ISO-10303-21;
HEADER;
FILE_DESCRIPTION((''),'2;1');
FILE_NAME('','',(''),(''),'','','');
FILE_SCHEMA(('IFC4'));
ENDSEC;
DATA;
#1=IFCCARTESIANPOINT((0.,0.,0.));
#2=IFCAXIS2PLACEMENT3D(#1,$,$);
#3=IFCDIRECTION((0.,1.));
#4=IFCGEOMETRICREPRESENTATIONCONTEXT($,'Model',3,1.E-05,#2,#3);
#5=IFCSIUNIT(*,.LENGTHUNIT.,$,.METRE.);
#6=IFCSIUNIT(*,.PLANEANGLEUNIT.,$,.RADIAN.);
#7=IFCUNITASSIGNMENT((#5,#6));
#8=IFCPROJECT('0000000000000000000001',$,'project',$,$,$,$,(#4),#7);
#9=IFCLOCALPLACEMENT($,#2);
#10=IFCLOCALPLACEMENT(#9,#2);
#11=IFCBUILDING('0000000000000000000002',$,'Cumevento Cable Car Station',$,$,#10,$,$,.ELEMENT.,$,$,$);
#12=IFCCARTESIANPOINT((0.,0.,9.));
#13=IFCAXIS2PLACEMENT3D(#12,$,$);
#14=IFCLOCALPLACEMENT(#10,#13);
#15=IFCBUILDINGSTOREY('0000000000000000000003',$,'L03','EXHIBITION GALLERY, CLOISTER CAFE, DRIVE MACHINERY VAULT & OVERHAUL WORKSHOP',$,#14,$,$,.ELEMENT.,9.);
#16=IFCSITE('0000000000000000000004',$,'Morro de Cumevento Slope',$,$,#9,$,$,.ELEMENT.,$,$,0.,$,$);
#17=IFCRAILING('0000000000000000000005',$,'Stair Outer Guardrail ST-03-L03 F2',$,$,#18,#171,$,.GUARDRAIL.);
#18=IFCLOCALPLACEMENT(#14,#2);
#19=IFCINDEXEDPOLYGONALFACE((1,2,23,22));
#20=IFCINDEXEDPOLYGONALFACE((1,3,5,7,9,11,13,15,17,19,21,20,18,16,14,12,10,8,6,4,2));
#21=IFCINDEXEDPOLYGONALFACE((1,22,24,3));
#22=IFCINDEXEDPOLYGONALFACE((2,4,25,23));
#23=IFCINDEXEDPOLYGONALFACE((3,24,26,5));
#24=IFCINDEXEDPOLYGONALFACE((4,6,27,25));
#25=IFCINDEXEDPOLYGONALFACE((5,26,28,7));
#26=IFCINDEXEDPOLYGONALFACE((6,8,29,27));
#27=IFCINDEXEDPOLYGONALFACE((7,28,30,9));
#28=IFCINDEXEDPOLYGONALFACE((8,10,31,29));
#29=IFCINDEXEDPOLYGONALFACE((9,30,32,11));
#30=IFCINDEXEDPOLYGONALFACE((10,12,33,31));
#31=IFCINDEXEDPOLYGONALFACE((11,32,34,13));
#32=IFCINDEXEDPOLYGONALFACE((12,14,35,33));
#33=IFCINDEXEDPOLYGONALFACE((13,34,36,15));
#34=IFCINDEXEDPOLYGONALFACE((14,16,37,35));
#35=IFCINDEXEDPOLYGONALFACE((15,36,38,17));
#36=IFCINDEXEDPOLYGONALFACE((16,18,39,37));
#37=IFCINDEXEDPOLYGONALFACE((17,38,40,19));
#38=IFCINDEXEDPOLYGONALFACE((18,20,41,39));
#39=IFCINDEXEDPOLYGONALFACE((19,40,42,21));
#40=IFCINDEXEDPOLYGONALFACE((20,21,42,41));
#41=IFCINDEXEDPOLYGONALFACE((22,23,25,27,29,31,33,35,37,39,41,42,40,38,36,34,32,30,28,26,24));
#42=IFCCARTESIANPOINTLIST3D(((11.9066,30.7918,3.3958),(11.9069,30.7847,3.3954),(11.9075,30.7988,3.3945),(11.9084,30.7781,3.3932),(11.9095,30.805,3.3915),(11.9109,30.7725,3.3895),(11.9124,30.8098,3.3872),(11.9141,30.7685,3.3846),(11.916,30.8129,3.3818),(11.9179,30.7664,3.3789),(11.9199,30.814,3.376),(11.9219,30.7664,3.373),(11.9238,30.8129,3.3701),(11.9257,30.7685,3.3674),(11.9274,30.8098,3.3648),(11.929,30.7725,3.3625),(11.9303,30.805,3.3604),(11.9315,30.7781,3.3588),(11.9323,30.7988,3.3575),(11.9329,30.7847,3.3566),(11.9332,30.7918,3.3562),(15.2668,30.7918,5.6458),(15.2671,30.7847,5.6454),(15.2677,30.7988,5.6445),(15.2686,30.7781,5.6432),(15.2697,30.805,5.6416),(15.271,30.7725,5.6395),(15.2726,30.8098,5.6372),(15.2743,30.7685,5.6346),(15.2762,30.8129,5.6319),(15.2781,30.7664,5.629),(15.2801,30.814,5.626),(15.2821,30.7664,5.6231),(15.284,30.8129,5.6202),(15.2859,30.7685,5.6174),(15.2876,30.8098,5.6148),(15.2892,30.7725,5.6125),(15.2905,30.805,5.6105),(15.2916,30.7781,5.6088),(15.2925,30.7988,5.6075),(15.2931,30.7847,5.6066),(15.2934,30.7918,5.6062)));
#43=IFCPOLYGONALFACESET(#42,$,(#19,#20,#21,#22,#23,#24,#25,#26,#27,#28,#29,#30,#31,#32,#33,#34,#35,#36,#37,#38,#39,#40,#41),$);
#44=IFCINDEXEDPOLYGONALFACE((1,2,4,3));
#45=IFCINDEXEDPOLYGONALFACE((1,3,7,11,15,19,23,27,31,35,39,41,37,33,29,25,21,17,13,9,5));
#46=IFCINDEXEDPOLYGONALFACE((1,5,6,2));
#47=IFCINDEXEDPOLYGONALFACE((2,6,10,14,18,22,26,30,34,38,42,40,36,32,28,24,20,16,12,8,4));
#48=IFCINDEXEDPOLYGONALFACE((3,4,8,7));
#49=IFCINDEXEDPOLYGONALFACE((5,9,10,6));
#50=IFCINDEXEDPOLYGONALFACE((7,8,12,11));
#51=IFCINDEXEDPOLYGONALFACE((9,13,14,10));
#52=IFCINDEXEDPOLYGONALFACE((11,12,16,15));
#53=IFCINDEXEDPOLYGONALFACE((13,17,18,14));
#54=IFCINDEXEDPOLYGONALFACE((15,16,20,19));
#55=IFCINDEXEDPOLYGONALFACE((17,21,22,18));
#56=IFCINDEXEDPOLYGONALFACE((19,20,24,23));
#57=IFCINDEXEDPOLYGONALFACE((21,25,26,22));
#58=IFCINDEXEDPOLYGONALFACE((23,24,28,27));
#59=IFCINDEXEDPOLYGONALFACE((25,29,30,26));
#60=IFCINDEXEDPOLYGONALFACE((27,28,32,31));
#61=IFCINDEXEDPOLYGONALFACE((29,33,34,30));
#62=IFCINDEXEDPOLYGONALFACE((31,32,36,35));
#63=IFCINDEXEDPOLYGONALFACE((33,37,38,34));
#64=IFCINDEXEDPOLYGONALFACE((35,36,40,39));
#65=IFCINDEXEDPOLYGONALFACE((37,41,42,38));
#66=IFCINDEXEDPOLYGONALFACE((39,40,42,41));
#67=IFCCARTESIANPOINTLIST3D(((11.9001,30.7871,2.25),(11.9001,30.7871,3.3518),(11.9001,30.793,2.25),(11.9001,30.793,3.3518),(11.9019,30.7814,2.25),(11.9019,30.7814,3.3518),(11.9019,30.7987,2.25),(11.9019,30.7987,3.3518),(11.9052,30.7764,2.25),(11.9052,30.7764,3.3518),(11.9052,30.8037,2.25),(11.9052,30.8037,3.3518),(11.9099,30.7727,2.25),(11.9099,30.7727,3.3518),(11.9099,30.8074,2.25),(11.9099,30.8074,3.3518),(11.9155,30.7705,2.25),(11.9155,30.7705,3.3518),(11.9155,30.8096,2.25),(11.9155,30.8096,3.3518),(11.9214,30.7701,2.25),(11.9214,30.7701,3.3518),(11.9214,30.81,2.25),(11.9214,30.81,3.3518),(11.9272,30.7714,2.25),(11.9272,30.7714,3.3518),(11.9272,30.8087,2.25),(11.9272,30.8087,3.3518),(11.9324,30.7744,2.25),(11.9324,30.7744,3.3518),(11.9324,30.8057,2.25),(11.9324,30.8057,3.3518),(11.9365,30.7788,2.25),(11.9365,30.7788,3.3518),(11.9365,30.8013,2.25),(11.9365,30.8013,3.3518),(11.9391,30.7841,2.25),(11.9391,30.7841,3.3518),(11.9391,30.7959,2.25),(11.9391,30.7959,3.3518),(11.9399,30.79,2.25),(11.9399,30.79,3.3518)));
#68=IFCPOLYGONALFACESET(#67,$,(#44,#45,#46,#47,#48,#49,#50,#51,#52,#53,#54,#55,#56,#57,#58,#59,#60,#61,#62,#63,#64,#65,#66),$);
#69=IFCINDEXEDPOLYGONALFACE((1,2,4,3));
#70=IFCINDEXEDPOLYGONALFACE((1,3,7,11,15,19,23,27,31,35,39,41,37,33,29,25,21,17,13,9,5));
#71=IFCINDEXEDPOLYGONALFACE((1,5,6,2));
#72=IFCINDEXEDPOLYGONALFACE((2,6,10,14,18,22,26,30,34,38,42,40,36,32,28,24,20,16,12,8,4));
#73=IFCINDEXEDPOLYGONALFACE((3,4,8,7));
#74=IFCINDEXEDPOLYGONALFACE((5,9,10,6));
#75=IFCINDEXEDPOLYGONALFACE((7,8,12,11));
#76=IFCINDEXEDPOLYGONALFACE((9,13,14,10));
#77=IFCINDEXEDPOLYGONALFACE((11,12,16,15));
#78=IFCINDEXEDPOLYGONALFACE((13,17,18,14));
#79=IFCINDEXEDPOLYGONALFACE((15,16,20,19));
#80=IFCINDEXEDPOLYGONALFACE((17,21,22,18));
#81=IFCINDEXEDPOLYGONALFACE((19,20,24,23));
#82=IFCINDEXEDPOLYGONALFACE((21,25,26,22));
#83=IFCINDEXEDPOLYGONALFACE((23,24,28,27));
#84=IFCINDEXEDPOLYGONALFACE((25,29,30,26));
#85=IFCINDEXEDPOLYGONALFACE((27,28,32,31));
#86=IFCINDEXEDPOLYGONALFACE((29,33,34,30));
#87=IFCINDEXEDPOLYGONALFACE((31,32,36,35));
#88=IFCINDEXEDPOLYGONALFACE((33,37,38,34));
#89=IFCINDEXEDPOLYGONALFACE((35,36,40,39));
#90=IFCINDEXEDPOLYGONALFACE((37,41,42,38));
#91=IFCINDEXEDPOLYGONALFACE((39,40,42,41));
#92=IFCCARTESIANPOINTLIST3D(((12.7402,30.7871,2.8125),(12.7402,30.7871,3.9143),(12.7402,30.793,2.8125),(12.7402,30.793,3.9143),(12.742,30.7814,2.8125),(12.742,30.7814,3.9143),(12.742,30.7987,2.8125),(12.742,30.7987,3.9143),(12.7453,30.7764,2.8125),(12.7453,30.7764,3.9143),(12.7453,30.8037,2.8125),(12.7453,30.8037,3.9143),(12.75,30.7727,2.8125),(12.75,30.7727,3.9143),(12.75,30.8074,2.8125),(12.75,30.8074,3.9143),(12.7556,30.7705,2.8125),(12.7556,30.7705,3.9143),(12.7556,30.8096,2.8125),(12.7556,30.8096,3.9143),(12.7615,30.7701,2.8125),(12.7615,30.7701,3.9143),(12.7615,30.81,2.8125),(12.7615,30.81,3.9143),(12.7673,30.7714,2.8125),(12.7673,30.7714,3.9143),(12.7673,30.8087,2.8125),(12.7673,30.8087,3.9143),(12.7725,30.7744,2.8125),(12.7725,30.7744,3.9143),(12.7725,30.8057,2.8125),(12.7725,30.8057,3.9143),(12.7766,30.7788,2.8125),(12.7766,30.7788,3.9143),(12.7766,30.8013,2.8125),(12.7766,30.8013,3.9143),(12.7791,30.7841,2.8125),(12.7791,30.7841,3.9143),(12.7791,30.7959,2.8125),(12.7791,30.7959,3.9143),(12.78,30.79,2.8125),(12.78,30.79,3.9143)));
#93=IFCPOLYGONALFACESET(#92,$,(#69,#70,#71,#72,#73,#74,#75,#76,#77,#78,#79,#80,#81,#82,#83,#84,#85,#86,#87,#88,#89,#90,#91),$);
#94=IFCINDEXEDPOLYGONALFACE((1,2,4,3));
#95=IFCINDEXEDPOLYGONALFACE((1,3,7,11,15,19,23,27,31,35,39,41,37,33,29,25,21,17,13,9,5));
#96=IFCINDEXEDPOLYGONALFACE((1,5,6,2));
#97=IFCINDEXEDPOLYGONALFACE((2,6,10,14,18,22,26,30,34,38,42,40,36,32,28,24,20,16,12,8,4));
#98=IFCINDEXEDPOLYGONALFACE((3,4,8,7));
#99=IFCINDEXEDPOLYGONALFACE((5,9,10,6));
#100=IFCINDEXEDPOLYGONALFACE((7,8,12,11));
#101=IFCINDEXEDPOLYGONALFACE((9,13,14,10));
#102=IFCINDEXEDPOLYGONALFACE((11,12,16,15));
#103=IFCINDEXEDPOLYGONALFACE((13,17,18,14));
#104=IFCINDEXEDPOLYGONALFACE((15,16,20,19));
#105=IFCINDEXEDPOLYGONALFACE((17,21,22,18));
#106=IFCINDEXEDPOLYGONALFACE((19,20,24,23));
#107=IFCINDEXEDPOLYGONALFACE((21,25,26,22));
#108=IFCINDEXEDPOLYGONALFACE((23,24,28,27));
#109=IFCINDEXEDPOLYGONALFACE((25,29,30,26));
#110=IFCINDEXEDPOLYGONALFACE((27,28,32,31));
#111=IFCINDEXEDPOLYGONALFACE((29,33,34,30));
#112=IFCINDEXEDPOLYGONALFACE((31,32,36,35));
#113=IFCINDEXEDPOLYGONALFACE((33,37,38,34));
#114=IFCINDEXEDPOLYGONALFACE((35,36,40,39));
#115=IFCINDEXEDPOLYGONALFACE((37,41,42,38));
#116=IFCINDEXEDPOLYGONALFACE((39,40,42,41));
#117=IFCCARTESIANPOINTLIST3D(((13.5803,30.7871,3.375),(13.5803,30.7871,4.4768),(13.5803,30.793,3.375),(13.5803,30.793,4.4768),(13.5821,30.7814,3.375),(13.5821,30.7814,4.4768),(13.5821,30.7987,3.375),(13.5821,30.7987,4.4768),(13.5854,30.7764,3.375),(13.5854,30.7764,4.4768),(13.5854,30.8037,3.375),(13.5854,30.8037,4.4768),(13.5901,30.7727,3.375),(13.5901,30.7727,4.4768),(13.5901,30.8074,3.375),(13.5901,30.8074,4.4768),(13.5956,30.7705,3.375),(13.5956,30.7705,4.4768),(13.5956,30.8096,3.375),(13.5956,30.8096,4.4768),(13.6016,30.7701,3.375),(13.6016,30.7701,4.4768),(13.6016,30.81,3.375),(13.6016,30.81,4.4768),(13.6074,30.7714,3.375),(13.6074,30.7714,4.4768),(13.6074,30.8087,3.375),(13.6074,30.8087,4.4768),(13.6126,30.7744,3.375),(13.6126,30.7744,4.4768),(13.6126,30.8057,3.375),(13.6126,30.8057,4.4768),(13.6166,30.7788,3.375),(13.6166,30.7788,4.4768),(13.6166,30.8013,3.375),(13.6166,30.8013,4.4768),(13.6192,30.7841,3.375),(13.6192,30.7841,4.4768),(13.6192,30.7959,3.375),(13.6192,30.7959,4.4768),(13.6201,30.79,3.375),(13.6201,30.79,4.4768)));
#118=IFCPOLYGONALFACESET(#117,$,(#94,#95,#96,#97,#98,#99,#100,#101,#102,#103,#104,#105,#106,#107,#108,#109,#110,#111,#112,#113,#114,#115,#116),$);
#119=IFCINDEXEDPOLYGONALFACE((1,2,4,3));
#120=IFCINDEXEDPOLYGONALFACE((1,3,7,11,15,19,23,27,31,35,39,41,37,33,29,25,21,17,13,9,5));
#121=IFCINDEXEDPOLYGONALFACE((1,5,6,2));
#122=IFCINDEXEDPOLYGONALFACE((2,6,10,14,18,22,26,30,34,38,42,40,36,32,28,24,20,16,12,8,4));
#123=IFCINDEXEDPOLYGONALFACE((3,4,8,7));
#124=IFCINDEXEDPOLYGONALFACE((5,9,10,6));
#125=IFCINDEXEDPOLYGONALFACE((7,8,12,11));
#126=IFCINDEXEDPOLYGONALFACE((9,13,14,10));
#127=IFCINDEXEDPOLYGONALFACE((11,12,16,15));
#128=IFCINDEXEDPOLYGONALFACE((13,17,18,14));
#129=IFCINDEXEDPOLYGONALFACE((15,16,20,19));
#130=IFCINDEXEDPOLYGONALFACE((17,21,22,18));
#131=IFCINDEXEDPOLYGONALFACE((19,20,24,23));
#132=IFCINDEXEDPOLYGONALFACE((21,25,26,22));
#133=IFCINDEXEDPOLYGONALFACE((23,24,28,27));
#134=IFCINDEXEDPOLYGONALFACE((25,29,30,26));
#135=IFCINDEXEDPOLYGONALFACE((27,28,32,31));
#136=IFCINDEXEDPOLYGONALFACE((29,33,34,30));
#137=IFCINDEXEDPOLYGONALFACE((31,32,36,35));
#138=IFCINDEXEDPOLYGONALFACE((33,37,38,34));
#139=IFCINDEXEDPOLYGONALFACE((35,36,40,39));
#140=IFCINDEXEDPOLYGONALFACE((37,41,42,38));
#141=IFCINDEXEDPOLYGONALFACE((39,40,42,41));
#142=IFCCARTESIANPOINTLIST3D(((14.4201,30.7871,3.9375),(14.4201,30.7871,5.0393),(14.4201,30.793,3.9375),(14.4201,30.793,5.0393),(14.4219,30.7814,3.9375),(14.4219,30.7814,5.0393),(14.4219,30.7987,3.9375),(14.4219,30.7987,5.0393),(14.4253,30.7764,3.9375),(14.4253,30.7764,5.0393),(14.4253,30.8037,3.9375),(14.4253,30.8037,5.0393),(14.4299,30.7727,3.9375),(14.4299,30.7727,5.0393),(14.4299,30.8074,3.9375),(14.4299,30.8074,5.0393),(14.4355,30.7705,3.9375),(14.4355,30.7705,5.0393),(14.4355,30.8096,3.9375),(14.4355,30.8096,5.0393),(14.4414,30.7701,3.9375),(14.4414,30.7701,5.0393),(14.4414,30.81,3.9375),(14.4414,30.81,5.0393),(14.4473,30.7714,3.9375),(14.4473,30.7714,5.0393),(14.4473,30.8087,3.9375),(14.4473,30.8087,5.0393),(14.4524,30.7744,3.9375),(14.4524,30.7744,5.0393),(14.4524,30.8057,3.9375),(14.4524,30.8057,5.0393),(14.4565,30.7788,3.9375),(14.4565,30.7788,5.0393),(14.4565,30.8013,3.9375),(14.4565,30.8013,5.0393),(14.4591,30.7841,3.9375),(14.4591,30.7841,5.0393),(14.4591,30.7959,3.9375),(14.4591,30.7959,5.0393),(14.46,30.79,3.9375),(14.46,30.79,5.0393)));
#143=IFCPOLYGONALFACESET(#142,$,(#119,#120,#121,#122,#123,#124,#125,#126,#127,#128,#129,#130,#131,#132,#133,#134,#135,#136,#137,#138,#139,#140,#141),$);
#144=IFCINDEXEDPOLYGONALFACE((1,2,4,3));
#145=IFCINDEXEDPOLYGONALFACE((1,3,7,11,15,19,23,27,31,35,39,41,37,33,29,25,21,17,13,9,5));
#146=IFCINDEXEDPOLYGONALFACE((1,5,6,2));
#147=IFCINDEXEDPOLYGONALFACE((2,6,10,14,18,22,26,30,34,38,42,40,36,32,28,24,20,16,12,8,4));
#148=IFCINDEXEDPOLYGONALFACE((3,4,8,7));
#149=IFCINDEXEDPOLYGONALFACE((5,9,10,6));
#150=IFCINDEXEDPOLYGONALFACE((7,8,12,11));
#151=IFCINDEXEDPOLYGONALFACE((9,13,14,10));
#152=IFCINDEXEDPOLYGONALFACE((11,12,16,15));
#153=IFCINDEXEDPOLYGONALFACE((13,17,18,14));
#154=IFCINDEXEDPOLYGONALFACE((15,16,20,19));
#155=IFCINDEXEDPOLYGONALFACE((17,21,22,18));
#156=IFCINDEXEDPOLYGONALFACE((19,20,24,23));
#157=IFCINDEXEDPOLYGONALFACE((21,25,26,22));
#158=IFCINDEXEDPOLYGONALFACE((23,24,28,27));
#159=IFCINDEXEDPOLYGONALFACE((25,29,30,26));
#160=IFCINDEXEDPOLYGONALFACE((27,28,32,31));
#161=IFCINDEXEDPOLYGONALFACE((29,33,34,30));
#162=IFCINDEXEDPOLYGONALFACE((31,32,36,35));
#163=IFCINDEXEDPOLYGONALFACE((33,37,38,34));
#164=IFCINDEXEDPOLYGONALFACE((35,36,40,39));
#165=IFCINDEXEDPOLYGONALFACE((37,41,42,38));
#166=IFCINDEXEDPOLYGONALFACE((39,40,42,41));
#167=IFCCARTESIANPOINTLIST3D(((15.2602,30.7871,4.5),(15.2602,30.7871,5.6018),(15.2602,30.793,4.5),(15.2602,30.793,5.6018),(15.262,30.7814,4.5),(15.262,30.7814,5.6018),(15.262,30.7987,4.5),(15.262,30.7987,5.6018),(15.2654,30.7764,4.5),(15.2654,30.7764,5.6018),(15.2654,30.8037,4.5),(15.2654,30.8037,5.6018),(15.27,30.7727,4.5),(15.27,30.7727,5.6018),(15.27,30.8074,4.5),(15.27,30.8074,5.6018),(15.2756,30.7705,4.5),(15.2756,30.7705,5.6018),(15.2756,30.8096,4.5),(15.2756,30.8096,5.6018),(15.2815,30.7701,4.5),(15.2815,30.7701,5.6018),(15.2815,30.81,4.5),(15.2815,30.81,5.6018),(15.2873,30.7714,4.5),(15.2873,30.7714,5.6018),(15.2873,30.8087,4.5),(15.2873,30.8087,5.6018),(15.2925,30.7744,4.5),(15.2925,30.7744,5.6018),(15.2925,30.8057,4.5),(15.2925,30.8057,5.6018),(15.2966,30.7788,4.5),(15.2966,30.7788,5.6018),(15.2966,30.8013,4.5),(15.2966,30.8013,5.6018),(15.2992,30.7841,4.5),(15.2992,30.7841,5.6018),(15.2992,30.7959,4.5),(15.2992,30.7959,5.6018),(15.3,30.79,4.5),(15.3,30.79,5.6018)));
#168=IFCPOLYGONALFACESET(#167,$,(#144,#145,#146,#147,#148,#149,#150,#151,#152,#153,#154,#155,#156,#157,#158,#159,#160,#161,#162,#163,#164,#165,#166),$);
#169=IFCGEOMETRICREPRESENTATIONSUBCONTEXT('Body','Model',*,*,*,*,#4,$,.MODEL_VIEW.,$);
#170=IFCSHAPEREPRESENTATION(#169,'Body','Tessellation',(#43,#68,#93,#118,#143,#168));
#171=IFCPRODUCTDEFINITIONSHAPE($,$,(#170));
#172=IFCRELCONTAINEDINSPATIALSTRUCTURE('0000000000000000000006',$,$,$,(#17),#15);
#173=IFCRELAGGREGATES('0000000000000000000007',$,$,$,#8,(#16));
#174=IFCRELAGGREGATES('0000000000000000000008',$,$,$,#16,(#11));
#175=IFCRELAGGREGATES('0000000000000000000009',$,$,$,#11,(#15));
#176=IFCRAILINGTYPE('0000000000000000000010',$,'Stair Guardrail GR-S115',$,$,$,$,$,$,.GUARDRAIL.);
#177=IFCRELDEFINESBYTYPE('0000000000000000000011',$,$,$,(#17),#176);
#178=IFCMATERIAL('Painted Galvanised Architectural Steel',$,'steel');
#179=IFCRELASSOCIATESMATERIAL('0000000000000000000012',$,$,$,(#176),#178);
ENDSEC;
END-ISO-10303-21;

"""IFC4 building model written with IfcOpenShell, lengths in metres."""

from ifc_helpers import new_model, si_unit, direction, frame, origin, origin_2d, place, context, subcontext, project, spatial, circle, extrude, material, type_object, element, save


model = new_model("IFC4")

# Units and contexts
model_context = context("Model", 3, precision=1e-05, world=origin(), true_north=direction((0.0, 1.0)))
body_context = subcontext(model_context, "Body", "Model", "MODEL_VIEW")
ifc_project = project(units=[si_unit("LENGTHUNIT", "METRE"), si_unit("PLANEANGLEUNIT", "RADIAN")], contexts=[model_context])

# Site, building, storey
site_placement = place(None, origin())
site = spatial("IfcSite", under=ifc_project, at=site_placement, Name="Morro de Cumevento Slope", CompositionType="ELEMENT", RefElevation=0.0)
building_placement = place(site_placement, origin())
building = spatial("IfcBuilding", under=site, at=building_placement, Name="Cumevento Cable Car Station", CompositionType="ELEMENT")
storey_placement = place(building_placement, frame((0.0, 0.0, 9.0)))
storey = spatial("IfcBuildingStorey", under=building, at=storey_placement, Name="L03", Description="EXHIBITION GALLERY, CLOISTER CAFE, DRIVE MACHINERY VAULT & OVERHAUL WORKSHOP", CompositionType="ELEMENT", Elevation=9.0)

# Railing
ifc_material_1 = material(Name="Painted Galvanised Architectural Steel", Category="steel")
railing_type_1 = type_object("IfcRailingType", Name="Stair Guardrail GR-S115", PredefinedType="GUARDRAIL", material=ifc_material_1)
railing_1_placement = place(storey_placement, frame((11.9199, 30.79, 2.25)))
element("IfcRailing", 1, at=railing_1_placement, inside=storey, type_object=railing_type_1, Name="Stair Outer Guardrail ST-03-L03 F2", PredefinedType="GUARDRAIL", context=body_context, shape_type="SweptSolid", body=[
    extrude(circle(Radius=0.0239, at=origin_2d()), frame((0.0, 0.0, 1.126), z_axis=(0.830915, 0.0, 0.556399), x_axis=(0.0, 1.0, 0.0)), (0.0, 0.0, 1.0), 4.0439),
    extrude(circle(Radius=0.02, at=origin_2d()), origin(), (0.0, 0.0, 1.0), 1.1018),
    extrude(circle(Radius=0.02, at=origin_2d()), frame((0.8401, 0.0, 0.5625)), (0.0, 0.0, 1.0), 1.1018),
    extrude(circle(Radius=0.02, at=origin_2d()), frame((1.6802, 0.0, 1.125)), (0.0, 0.0, 1.0), 1.1018),
    extrude(circle(Radius=0.02, at=origin_2d()), frame((2.52, 0.0, 1.6875)), (0.0, 0.0, 1.0), 1.1018),
    extrude(circle(Radius=0.02, at=origin_2d()), frame((3.3601, 0.0, 2.25)), (0.0, 0.0, 1.0), 1.1018),
])

save(model, "model.ifc")
